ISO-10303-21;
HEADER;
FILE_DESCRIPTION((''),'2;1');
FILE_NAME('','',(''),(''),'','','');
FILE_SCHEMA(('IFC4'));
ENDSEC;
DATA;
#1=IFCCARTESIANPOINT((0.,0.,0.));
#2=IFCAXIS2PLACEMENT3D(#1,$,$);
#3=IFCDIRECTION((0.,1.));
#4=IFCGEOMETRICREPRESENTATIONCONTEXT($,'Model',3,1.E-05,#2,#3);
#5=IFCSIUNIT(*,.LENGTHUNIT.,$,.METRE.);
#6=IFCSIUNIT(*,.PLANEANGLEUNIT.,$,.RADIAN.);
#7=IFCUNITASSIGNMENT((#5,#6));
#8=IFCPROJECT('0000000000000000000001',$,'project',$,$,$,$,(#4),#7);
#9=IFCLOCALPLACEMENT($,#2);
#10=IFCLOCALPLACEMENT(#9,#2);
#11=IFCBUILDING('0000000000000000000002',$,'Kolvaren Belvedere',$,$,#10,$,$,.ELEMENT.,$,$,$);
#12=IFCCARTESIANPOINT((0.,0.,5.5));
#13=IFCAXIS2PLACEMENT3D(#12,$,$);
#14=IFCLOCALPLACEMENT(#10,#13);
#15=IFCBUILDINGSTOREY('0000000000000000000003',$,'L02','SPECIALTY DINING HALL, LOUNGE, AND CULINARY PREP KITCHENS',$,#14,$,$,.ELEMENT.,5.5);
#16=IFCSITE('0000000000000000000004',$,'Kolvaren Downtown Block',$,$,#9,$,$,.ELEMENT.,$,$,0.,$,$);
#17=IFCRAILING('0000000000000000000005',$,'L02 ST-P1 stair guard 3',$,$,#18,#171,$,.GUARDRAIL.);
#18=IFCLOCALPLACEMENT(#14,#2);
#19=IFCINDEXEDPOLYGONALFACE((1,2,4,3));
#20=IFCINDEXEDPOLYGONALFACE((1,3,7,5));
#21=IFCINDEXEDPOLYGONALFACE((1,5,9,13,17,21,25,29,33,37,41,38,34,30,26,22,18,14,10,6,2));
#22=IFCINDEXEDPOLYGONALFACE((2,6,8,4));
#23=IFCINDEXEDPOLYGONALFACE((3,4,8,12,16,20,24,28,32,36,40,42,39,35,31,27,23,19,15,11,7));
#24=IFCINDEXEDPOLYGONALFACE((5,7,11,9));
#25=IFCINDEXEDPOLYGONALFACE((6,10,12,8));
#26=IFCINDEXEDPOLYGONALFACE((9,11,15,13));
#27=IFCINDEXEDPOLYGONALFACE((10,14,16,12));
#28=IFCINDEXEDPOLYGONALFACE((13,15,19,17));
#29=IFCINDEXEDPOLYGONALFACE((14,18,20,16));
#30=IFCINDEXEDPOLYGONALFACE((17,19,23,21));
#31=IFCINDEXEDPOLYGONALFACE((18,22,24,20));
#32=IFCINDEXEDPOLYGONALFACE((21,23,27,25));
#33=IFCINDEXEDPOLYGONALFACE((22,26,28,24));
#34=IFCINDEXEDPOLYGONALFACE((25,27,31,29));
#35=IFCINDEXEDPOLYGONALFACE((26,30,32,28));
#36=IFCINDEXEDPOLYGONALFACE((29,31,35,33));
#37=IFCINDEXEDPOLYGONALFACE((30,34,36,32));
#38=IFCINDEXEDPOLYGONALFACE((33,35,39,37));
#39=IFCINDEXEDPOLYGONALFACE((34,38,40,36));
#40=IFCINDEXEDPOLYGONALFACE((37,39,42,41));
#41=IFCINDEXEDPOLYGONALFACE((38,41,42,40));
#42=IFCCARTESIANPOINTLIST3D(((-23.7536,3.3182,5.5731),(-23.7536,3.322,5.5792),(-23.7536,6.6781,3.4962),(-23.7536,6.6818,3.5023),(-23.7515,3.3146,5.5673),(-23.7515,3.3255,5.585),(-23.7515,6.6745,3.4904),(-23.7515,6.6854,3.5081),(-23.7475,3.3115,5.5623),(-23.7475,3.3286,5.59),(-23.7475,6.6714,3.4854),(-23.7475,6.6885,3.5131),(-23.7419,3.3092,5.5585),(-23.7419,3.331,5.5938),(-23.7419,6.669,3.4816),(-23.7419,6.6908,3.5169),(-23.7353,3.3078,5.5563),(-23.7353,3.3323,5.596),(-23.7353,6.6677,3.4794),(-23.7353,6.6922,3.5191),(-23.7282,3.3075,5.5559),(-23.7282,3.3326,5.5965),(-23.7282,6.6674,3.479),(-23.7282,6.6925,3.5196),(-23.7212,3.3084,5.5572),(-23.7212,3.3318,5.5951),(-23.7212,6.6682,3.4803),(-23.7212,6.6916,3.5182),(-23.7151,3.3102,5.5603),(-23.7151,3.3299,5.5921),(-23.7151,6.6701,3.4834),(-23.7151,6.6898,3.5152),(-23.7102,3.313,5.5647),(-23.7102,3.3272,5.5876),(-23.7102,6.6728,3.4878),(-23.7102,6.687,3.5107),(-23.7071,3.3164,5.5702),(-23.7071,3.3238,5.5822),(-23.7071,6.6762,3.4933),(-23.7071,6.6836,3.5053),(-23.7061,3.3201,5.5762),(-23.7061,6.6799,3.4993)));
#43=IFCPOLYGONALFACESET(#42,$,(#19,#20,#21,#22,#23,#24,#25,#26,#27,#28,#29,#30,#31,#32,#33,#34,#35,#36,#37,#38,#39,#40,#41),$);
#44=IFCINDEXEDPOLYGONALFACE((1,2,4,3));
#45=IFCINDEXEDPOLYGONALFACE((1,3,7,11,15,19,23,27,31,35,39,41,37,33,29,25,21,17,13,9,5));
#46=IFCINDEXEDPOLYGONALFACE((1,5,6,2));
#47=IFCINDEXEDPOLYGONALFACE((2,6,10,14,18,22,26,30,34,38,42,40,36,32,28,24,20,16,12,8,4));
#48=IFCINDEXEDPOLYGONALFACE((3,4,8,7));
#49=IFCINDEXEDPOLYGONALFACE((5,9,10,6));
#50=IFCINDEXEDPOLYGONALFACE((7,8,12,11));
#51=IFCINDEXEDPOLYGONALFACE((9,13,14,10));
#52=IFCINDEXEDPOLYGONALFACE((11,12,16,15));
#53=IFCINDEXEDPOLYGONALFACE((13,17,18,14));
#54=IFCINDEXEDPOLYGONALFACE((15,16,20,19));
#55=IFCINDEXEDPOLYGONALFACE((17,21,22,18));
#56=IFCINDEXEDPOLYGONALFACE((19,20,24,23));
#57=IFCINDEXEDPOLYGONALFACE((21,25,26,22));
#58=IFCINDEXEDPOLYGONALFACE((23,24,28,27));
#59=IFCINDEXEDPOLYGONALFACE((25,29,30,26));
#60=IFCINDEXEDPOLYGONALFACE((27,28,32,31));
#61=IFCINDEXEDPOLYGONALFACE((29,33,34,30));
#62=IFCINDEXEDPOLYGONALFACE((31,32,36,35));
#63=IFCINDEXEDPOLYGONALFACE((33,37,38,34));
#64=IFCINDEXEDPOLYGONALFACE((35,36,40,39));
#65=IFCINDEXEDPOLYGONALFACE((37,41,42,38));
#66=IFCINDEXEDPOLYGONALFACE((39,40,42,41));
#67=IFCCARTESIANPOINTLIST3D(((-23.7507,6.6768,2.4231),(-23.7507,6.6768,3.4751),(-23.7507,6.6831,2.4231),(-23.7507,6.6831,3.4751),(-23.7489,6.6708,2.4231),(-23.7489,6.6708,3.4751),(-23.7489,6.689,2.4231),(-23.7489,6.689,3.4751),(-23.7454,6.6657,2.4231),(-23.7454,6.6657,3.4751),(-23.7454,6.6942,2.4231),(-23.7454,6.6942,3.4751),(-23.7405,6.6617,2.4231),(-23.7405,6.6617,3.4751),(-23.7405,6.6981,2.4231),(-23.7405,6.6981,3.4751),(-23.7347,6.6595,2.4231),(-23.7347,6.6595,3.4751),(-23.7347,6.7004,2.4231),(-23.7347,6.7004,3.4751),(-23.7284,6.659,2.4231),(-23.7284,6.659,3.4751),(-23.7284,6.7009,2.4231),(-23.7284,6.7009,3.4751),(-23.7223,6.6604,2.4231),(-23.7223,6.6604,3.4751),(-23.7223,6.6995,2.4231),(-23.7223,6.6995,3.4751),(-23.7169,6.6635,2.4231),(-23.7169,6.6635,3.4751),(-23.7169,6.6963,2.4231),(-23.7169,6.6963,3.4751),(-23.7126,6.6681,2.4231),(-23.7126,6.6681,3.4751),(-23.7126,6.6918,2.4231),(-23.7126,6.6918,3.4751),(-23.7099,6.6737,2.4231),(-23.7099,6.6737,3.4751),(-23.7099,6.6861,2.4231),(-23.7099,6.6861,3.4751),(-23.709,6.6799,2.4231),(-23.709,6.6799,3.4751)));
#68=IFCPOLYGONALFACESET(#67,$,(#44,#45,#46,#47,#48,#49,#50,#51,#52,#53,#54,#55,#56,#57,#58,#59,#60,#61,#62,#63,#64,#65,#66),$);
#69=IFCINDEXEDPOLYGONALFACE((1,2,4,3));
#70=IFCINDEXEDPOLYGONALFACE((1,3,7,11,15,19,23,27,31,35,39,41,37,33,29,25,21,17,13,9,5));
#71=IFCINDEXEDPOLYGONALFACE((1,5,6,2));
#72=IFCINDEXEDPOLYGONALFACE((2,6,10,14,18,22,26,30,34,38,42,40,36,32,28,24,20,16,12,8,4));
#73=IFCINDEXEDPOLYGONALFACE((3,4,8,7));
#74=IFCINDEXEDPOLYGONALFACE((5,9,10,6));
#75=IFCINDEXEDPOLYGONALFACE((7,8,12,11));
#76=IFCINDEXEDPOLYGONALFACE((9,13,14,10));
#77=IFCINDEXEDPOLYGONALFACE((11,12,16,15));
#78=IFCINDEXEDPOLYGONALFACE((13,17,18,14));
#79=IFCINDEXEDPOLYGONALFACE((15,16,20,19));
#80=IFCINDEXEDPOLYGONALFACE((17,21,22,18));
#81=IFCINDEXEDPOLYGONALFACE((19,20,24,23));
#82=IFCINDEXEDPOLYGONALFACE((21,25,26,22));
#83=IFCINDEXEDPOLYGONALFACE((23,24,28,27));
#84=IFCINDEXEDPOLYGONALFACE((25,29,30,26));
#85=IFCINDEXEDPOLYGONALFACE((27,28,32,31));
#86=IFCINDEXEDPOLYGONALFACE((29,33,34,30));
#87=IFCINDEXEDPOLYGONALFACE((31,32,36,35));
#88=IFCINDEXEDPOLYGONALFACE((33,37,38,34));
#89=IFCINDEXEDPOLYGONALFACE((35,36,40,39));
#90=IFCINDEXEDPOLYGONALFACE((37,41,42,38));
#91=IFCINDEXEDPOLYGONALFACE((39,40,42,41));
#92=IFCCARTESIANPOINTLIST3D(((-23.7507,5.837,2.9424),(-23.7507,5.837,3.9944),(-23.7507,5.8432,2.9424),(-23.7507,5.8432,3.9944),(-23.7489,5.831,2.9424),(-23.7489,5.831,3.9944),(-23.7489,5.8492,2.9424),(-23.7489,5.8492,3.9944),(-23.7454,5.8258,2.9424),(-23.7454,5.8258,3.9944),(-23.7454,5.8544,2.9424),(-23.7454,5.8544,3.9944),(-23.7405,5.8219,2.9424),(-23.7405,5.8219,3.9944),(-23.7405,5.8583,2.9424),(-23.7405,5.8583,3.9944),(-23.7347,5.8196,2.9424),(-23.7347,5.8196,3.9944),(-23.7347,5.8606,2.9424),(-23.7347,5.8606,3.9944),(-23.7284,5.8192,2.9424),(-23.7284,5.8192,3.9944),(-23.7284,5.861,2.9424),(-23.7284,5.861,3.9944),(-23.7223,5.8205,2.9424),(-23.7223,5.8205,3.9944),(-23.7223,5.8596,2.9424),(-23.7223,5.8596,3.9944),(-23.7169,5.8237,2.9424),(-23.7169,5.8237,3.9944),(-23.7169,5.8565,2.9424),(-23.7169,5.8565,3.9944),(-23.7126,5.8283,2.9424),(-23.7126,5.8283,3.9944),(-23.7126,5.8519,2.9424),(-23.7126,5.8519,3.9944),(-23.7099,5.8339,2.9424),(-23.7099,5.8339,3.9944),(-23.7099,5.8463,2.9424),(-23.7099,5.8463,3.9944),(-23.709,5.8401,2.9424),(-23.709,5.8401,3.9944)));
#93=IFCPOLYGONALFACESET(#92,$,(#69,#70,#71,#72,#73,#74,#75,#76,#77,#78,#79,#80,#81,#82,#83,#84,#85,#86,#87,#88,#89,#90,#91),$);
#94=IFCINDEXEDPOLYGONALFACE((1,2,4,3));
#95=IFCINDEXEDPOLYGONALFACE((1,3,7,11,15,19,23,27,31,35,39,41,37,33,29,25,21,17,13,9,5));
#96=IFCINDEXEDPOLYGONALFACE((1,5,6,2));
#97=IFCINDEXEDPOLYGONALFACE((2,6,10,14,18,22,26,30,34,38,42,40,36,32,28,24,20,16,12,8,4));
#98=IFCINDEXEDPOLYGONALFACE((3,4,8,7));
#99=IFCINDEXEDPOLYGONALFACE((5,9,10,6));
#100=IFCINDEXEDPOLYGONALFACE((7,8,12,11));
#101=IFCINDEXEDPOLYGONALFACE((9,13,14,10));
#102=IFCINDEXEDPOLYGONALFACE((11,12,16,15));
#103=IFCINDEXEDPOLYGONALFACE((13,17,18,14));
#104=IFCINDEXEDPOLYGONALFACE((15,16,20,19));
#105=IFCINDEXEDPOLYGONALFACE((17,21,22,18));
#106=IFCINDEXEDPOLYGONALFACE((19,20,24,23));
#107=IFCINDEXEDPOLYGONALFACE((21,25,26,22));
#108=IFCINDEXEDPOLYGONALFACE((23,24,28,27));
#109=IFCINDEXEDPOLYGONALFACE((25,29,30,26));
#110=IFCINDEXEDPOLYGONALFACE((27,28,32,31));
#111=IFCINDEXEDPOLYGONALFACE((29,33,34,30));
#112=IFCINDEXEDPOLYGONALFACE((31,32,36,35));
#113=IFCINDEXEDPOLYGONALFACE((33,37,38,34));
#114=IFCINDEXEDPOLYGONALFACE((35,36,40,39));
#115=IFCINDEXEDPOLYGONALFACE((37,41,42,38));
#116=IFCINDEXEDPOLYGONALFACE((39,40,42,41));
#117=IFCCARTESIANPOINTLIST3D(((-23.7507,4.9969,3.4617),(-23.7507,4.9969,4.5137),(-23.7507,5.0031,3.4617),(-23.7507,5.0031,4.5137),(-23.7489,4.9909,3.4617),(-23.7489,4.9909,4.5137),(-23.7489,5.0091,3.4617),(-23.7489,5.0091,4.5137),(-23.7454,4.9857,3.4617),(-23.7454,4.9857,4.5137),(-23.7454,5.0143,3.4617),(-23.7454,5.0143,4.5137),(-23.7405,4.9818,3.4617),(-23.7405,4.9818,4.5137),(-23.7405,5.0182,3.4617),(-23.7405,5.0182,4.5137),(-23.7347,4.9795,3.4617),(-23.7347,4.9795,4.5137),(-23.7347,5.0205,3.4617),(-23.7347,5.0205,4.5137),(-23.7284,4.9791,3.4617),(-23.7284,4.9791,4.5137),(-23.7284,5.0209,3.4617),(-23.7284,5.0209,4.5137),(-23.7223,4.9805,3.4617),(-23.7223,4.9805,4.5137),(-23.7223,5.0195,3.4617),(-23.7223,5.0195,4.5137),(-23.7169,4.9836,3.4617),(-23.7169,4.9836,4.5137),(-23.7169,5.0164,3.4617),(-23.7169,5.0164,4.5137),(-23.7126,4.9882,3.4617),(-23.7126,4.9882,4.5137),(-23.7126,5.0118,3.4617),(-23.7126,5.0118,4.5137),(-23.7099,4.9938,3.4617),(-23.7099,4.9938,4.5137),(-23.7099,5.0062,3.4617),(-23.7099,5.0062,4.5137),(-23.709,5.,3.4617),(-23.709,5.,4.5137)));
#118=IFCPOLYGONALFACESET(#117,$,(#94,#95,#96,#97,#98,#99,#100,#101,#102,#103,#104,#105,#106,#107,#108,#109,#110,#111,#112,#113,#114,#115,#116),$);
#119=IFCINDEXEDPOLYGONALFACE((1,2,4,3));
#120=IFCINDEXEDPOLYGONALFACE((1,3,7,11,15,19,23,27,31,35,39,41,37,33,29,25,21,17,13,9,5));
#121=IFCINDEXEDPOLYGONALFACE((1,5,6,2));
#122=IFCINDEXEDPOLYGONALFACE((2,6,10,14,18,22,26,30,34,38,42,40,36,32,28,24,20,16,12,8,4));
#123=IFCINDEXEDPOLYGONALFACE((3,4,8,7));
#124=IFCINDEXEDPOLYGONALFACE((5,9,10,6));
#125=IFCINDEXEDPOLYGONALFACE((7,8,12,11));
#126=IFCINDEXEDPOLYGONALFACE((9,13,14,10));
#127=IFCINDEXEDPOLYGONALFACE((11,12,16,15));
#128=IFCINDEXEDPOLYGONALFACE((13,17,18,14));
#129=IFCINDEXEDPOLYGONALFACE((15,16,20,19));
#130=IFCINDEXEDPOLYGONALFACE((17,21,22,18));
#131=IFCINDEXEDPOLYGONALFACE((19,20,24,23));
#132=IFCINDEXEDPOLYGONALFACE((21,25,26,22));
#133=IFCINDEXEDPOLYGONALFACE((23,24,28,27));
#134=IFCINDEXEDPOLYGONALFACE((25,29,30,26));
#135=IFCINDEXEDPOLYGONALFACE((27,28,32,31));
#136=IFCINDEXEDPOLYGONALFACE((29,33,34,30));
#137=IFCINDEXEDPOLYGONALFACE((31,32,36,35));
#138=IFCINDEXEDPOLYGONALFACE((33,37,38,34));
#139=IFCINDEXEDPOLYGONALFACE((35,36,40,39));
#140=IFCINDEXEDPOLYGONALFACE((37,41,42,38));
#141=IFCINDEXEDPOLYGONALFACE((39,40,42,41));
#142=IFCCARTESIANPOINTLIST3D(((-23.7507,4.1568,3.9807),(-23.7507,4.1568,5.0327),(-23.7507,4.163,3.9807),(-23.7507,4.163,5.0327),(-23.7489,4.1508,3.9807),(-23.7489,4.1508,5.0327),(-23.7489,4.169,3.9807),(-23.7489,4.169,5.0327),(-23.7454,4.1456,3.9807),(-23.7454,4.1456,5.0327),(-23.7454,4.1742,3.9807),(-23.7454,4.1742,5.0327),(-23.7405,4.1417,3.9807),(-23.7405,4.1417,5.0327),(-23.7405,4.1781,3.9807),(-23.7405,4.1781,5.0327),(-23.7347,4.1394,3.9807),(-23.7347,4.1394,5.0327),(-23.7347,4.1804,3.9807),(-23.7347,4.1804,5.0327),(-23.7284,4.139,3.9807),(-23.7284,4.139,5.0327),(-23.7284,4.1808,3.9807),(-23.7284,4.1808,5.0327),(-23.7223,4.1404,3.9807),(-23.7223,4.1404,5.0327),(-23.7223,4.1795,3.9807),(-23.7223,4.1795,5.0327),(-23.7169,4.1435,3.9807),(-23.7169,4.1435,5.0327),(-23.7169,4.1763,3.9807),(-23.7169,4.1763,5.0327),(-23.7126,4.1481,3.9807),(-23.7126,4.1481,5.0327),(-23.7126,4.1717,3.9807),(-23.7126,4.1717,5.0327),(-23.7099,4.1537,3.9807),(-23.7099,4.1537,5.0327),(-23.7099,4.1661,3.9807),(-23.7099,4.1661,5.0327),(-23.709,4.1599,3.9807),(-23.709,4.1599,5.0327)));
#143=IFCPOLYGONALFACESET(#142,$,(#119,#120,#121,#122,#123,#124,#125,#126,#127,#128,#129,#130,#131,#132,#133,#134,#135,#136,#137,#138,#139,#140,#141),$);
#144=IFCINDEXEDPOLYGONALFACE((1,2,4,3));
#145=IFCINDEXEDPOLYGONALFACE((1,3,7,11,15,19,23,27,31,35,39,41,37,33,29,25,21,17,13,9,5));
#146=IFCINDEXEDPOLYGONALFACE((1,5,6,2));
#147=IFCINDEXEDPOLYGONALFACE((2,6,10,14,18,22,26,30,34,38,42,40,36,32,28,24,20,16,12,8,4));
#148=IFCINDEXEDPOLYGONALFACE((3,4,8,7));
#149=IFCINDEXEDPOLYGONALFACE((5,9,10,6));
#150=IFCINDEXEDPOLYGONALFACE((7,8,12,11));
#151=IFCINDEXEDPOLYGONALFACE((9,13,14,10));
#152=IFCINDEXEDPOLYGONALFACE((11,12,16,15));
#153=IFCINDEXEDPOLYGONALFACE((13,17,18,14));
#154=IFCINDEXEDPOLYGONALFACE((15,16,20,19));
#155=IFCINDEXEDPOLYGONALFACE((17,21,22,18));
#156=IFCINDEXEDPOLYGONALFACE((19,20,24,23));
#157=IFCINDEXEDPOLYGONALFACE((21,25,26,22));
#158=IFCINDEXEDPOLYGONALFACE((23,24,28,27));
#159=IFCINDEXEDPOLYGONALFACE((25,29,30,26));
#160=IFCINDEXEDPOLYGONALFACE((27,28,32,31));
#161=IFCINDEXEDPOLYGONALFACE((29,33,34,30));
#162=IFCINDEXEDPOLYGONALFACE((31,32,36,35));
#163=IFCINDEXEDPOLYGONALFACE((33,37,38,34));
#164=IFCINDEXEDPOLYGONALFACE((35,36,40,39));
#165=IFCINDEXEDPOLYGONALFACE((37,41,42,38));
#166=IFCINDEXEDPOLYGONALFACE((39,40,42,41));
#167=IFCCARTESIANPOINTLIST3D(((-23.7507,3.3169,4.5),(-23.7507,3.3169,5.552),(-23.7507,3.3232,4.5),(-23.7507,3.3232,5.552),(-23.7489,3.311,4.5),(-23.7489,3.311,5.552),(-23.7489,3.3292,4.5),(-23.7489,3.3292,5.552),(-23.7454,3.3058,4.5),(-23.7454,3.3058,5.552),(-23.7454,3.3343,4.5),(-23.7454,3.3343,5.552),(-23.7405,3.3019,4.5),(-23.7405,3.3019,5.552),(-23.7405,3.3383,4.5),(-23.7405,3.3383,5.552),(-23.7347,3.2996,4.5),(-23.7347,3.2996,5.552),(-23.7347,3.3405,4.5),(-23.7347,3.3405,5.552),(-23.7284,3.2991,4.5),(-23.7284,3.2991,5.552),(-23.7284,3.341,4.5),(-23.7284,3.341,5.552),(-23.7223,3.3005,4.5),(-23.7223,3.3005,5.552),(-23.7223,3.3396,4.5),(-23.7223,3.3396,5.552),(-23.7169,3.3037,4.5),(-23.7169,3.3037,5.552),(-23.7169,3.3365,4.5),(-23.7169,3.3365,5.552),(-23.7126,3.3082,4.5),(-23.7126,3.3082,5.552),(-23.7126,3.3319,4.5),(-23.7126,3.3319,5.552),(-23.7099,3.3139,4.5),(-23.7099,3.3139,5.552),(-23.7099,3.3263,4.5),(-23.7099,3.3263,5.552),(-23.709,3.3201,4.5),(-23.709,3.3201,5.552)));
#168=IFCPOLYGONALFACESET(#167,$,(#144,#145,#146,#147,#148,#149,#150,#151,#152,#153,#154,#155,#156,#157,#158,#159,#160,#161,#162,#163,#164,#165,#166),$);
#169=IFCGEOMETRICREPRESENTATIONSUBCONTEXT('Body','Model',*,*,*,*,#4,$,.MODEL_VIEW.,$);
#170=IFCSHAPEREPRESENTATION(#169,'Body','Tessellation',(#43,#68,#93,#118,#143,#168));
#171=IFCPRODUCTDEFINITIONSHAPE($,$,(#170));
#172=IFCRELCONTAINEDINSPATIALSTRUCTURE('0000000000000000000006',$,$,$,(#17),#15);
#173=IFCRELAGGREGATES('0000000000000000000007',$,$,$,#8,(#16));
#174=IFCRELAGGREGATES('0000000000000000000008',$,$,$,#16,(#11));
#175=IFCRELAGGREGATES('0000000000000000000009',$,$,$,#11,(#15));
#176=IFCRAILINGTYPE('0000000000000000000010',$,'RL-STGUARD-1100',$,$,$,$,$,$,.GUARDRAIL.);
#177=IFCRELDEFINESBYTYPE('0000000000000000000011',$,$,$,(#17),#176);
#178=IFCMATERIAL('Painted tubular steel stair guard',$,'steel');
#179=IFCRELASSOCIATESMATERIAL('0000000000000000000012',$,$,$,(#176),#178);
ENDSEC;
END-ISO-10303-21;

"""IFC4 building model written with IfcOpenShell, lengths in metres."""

from ifc_helpers import new_model, si_unit, direction, frame, origin, origin_2d, place, context, subcontext, project, spatial, circle, extrude, material, type_object, element, save


model = new_model("IFC4")

# Units and contexts
model_context = context("Model", 3, precision=1e-05, world=origin(), true_north=direction((0.0, 1.0)))
body_context = subcontext(model_context, "Body", "Model", "MODEL_VIEW")
ifc_project = project(units=[si_unit("LENGTHUNIT", "METRE"), si_unit("PLANEANGLEUNIT", "RADIAN")], contexts=[model_context])

# Site, building, storey
site_placement = place(None, origin())
site = spatial("IfcSite", under=ifc_project, at=site_placement, Name="Kolvaren Downtown Block", CompositionType="ELEMENT", RefElevation=0.0)
building_placement = place(site_placement, origin())
building = spatial("IfcBuilding", under=site, at=building_placement, Name="Kolvaren Belvedere", CompositionType="ELEMENT")
storey_placement = place(building_placement, frame((0.0, 0.0, 5.5)))
storey = spatial("IfcBuildingStorey", under=building, at=storey_placement, Name="L02", Description="SPECIALTY DINING HALL, LOUNGE, AND CULINARY PREP KITCHENS", CompositionType="ELEMENT", Elevation=5.5)

# Railing
ifc_material_1 = material(Name="Painted tubular steel stair guard", Category="steel")
railing_type_1 = type_object("IfcRailingType", Name="RL-STGUARD-1100", PredefinedType="GUARDRAIL", material=ifc_material_1)
railing_1_placement = place(storey_placement, frame((-23.73, 6.6799, 2.4231)))
element("IfcRailing", 1, at=railing_1_placement, inside=storey, type_object=railing_type_1, Name="L02 ST-P1 stair guard 3", PredefinedType="GUARDRAIL", context=body_context, shape_type="SweptSolid", body=[
    extrude(circle(Radius=0.0239, at=origin_2d()), frame((0.0, 0.0, 1.0762), z_axis=(0.0, -0.850606, 0.525803), x_axis=(1.0, 0.0, 0.0)), (0.0, 0.0, 1.0), 3.95),
    extrude(circle(Radius=0.021, at=origin_2d()), origin(), (0.0, 0.0, 1.0), 1.052),
    extrude(circle(Radius=0.021, at=origin_2d()), frame((0.0, -0.8398, 0.5193)), (0.0, 0.0, 1.0), 1.052),
    extrude(circle(Radius=0.021, at=origin_2d()), frame((0.0, -1.6799, 1.0386)), (0.0, 0.0, 1.0), 1.052),
    extrude(circle(Radius=0.021, at=origin_2d()), frame((0.0, -2.52, 1.5576)), (0.0, 0.0, 1.0), 1.052),
    extrude(circle(Radius=0.021, at=origin_2d()), frame((0.0, -3.3599, 2.0769)), (0.0, 0.0, 1.0), 1.052),
])

save(model, "model.ifc")
